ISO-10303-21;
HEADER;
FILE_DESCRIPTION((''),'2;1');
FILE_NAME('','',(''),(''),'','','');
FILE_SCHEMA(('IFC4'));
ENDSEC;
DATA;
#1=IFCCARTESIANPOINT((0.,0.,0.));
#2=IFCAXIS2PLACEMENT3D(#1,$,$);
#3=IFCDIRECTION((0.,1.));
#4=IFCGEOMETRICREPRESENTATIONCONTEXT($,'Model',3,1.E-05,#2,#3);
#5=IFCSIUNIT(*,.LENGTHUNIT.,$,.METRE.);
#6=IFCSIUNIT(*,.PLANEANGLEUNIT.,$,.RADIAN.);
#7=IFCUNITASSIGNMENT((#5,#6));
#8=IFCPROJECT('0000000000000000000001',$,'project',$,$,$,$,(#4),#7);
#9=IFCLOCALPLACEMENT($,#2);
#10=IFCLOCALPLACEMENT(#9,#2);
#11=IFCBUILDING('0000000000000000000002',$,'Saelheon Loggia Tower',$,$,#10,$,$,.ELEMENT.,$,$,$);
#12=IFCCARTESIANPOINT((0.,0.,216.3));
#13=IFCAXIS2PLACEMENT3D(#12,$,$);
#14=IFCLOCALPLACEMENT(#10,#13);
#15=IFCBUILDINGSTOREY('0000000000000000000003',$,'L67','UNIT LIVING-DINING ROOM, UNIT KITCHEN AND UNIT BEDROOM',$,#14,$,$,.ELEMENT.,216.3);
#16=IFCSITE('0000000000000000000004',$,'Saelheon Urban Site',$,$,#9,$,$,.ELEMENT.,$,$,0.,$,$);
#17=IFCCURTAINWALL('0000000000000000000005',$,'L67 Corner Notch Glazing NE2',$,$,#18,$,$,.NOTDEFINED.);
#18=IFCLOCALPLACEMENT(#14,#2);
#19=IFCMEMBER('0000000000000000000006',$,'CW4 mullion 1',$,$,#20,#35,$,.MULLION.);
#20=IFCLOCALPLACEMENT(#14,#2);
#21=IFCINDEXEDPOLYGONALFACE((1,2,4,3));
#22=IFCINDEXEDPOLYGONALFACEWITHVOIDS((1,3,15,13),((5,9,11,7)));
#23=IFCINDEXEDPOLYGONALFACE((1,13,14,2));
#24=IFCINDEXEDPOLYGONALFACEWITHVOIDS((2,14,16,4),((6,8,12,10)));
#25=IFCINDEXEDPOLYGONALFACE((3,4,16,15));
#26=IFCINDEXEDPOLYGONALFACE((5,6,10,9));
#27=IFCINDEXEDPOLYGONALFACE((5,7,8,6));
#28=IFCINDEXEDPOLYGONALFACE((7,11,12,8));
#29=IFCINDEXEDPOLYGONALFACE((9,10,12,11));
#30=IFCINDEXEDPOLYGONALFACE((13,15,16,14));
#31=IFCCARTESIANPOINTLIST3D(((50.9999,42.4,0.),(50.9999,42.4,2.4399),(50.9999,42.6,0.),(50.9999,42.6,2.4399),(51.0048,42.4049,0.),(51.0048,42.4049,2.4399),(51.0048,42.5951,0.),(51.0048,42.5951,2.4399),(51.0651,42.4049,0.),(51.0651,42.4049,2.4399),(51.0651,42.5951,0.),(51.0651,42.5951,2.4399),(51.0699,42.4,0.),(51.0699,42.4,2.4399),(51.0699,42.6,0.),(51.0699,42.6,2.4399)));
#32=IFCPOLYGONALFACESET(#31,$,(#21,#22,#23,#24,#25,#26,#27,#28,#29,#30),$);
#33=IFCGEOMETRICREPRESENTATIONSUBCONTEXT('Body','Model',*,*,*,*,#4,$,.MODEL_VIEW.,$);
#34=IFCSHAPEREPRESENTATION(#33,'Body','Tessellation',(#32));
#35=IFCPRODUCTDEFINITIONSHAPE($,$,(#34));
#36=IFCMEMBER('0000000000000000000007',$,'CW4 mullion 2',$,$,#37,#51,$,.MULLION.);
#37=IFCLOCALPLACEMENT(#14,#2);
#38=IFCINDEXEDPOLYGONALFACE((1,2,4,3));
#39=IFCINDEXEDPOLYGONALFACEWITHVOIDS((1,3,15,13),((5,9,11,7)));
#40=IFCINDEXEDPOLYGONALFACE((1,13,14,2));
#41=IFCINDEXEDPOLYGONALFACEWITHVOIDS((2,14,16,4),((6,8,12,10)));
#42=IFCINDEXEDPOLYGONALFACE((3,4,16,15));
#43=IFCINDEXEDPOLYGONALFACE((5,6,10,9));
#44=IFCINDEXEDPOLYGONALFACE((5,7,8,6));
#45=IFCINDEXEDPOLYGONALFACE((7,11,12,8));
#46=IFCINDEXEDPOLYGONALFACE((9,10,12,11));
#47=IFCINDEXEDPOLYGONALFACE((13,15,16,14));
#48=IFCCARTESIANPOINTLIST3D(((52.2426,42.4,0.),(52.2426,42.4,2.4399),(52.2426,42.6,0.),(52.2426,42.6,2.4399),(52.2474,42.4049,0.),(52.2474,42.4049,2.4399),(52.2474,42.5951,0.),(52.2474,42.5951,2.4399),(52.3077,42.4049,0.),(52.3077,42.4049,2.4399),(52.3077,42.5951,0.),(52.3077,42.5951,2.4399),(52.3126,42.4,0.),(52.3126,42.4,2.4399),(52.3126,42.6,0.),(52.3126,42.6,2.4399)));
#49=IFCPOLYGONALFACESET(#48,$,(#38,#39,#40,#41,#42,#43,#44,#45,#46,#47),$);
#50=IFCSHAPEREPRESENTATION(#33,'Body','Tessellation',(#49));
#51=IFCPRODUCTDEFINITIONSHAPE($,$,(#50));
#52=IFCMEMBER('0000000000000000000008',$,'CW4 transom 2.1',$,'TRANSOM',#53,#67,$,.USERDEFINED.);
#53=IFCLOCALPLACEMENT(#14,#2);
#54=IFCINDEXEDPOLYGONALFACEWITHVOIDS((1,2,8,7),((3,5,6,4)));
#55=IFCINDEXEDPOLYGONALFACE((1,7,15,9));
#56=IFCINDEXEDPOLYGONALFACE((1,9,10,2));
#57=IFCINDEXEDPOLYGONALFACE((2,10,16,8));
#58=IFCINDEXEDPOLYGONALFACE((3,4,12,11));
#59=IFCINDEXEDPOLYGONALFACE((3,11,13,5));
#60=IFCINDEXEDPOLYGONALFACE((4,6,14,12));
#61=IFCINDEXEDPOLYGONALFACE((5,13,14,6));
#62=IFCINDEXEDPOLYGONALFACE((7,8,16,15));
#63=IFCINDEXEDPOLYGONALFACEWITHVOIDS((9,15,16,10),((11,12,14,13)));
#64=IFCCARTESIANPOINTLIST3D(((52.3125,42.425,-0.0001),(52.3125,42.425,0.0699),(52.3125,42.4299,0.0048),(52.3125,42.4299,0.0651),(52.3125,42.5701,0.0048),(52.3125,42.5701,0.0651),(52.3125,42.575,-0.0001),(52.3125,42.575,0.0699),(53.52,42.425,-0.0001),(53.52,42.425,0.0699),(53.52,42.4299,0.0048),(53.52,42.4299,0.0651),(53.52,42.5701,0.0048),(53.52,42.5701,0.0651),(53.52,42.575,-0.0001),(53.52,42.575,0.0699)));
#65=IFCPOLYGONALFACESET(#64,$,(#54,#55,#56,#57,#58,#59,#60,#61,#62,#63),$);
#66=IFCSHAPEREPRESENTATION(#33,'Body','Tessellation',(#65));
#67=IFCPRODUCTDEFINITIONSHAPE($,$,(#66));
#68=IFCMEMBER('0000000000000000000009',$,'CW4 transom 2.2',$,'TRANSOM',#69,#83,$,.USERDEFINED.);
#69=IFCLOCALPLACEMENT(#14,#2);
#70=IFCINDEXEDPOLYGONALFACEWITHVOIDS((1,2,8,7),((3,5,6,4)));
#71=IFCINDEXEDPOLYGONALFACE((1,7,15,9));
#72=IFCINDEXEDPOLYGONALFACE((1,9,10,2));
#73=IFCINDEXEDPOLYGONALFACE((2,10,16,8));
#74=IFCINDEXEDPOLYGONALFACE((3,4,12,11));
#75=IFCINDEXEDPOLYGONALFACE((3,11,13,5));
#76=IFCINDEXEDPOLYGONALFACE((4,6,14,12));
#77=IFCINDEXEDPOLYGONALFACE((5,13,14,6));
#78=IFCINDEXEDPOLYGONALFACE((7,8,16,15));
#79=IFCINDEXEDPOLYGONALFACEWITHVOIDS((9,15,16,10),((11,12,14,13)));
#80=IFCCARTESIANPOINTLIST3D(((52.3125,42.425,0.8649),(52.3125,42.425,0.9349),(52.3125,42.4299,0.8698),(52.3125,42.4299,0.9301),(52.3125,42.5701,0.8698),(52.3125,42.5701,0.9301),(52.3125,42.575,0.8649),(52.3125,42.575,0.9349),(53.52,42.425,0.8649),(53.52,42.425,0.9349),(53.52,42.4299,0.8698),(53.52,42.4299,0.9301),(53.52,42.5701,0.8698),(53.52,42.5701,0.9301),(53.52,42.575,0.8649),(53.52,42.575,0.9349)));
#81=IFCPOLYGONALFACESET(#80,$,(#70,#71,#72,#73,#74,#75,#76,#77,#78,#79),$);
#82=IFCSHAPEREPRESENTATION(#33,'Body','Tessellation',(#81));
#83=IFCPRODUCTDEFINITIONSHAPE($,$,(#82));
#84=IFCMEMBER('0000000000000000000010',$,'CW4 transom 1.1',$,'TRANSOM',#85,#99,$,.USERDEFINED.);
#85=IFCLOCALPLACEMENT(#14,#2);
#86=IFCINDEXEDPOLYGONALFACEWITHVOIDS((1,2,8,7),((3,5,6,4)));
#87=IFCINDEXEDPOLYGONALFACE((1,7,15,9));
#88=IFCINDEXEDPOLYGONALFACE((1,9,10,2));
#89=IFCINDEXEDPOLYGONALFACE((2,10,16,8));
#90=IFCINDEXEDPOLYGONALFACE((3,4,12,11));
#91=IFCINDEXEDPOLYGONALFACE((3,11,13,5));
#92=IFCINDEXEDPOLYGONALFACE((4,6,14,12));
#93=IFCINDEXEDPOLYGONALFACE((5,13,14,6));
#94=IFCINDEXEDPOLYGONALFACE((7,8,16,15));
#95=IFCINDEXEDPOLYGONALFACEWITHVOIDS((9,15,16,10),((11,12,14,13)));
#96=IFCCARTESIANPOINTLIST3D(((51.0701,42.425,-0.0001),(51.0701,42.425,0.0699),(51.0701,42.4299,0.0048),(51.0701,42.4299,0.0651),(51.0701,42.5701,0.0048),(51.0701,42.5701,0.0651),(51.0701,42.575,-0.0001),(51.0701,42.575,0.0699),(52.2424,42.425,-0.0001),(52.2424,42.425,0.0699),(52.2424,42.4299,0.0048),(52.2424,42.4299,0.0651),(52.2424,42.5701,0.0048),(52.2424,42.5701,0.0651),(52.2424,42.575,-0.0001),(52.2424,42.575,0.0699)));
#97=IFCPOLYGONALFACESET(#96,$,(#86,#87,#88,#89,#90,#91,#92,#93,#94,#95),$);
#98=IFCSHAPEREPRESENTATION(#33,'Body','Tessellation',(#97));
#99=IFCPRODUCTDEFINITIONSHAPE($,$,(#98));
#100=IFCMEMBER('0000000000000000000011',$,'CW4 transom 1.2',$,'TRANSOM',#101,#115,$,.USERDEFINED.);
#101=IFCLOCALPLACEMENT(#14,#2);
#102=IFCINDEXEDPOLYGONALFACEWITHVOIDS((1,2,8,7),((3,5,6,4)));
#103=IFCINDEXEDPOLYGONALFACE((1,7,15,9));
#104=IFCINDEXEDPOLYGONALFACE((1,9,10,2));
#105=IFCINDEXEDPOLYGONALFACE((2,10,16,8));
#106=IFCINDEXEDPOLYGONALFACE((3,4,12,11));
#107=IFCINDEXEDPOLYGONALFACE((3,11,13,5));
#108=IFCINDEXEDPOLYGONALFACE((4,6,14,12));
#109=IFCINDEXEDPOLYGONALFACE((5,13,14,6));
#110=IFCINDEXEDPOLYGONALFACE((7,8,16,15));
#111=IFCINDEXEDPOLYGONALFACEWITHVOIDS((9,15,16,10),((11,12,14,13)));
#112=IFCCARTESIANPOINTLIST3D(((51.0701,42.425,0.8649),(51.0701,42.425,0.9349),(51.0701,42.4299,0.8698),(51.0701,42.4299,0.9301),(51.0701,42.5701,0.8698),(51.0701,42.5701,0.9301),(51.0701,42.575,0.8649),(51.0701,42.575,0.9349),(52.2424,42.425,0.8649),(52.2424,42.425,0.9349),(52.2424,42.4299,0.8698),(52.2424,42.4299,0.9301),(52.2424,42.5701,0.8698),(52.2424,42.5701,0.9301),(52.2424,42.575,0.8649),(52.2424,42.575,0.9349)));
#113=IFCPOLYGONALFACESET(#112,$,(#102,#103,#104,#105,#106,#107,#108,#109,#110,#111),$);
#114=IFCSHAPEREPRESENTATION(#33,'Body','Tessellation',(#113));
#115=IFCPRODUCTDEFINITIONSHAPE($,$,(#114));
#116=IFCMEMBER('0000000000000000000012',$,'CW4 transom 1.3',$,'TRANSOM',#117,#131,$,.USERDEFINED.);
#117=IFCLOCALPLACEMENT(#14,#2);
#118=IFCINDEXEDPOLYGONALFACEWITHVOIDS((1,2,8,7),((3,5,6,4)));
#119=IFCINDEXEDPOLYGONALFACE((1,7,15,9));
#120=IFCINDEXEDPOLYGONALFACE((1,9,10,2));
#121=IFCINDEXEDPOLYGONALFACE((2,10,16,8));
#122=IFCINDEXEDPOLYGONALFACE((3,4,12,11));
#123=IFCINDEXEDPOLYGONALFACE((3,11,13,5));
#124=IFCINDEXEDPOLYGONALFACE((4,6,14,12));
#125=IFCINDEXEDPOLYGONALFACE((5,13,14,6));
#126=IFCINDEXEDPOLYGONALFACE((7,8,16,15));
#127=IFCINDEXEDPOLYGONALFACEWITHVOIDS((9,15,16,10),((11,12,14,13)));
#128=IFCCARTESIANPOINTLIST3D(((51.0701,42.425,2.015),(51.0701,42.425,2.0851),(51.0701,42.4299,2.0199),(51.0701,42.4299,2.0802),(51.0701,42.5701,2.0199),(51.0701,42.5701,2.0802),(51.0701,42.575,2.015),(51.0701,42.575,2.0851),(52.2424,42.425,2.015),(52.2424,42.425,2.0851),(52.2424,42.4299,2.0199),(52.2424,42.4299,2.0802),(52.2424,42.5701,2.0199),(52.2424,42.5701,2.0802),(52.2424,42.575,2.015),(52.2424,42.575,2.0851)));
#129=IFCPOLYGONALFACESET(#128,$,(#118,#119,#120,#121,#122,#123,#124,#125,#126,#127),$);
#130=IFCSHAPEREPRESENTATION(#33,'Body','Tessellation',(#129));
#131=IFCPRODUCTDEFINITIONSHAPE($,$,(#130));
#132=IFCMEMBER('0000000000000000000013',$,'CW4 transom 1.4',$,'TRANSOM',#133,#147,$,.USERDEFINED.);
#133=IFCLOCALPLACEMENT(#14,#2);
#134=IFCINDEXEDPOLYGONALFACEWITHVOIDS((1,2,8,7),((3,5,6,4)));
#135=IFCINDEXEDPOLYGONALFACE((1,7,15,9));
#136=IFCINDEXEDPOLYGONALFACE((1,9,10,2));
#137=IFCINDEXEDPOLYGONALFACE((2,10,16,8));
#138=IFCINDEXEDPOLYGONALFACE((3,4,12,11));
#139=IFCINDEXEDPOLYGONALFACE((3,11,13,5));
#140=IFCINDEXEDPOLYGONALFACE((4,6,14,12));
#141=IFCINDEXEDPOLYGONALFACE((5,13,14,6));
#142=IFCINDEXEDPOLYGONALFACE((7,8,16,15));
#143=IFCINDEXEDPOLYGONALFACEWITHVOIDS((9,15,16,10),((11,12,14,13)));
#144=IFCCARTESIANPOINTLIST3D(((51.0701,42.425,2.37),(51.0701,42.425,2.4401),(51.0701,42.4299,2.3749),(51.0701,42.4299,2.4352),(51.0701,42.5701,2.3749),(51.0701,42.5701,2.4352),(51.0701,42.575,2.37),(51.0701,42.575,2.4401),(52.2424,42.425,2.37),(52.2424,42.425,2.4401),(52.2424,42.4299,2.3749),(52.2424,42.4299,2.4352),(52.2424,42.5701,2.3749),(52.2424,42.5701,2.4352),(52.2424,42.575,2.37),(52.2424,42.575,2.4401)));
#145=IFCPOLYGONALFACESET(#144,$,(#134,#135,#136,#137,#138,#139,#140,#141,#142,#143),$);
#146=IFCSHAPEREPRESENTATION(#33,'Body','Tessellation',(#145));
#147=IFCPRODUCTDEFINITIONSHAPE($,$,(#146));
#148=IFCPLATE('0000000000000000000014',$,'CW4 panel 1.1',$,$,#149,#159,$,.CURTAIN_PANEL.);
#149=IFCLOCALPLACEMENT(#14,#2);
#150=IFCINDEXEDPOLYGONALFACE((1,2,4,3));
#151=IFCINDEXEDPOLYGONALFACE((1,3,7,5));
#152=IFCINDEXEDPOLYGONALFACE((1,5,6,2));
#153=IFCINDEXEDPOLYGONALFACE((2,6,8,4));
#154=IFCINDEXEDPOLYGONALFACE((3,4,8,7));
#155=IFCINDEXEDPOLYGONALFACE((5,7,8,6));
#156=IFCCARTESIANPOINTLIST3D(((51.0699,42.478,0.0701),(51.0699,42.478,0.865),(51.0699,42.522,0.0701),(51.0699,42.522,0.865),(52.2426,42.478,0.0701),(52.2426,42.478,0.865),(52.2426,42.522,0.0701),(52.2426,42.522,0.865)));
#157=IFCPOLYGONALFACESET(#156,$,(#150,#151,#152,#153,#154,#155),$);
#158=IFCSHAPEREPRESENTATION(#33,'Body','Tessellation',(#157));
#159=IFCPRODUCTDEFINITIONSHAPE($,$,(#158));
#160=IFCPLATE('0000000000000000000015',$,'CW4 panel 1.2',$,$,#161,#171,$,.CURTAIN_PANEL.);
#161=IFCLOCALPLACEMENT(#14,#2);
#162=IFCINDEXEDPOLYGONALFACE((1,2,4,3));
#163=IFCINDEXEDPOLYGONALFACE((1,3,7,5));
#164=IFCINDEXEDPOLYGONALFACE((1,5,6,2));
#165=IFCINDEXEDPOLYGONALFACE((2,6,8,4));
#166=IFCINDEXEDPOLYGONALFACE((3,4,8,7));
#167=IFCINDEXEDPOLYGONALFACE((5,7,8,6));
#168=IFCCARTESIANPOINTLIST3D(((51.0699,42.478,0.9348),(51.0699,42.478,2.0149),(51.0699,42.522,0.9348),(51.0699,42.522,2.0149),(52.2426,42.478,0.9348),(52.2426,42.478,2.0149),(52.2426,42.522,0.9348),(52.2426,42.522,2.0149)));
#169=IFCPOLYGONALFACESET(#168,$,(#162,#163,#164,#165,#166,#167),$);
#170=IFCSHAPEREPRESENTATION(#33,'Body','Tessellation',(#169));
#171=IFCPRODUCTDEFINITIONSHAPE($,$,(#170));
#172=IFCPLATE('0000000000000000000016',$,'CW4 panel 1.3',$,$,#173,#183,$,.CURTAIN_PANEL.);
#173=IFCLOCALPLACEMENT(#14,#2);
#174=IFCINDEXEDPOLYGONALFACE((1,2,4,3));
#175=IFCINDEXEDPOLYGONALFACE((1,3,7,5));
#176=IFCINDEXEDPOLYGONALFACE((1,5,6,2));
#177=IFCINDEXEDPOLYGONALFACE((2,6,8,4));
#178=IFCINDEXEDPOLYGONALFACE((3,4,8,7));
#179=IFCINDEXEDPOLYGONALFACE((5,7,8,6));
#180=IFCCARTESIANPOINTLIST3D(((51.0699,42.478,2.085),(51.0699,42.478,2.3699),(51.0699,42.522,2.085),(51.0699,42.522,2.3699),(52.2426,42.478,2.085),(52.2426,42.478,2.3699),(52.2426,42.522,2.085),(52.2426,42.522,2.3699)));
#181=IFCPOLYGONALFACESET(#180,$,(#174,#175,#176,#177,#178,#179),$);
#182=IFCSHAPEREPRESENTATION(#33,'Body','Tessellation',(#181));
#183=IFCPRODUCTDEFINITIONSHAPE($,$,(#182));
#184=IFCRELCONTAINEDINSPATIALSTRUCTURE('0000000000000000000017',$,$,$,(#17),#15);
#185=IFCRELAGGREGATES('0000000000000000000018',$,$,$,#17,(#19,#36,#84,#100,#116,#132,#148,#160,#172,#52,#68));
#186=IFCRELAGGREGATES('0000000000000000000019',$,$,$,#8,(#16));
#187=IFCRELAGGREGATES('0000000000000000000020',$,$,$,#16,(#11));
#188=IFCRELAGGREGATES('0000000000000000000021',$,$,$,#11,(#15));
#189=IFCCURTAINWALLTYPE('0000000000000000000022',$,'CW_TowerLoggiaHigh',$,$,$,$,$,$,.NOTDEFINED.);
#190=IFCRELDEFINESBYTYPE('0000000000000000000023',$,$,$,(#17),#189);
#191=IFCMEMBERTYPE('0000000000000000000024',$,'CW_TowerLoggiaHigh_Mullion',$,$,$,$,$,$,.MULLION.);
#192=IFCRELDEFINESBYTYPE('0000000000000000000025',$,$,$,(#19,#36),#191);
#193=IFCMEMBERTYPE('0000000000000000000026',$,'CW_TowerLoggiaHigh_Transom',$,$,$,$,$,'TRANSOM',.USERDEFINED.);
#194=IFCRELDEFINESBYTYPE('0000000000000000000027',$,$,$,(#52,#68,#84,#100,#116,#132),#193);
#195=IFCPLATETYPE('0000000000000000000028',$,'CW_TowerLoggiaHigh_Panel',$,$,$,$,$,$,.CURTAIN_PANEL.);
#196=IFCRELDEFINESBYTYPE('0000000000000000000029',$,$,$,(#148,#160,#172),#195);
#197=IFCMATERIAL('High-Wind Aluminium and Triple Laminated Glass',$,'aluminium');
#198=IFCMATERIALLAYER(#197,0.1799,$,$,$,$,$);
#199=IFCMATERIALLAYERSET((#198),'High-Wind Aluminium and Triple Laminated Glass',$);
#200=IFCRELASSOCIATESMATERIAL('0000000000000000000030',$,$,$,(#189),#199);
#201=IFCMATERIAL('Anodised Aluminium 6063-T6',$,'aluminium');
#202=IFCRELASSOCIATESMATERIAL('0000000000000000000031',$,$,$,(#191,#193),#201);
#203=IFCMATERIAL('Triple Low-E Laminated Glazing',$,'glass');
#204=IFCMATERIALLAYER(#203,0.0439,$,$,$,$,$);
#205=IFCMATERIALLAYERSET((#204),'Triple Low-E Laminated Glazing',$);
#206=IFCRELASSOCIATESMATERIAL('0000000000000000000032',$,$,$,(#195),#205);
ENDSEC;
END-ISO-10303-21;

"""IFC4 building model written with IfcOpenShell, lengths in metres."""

from ifc_helpers import new_model, si_unit, direction, frame, origin, origin_2d, place, context, subcontext, project, spatial, rectangle, hollow_rectangle, extrude, source, transform, mapped, material, layer, layer_set, material_profile, profile_set, type_object, element, aggregate, save


model = new_model("IFC4")

# Units and contexts
model_context = context("Model", 3, precision=1e-05, world=origin(), true_north=direction((0.0, 1.0)))
body_context = subcontext(model_context, "Body", "Model", "MODEL_VIEW")
ifc_project = project(units=[si_unit("LENGTHUNIT", "METRE"), si_unit("PLANEANGLEUNIT", "RADIAN")], contexts=[model_context])

# Site, building, storey
site_placement = place(None, origin())
site = spatial("IfcSite", under=ifc_project, at=site_placement, Name="Saelheon Urban Site", CompositionType="ELEMENT", RefElevation=0.0)
building_placement = place(site_placement, origin())
building = spatial("IfcBuilding", under=site, at=building_placement, Name="Saelheon Loggia Tower", CompositionType="ELEMENT")
storey_placement = place(building_placement, frame((0.0, 0.0, 216.3)))
storey = spatial("IfcBuildingStorey", under=building, at=storey_placement, Name="L67", Description="UNIT LIVING-DINING ROOM, UNIT KITCHEN AND UNIT BEDROOM", CompositionType="ELEMENT", Elevation=216.3)

# Curtain wall, members, plates
ifc_material_1 = material(Name="High-Wind Aluminium and Triple Laminated Glass", Category="aluminium")
ifc_layer_1 = layer(ifc_material_1, 0.1799)
ifc_layer_set_1 = layer_set([ifc_layer_1], Name="High-Wind Aluminium and Triple Laminated Glass")
curtain_wall_type = type_object("IfcCurtainWallType", Name="CW_TowerLoggiaHigh", PredefinedType="NOTDEFINED", material=ifc_layer_set_1)
curtain_wall_placement = place(storey_placement, origin())
curtain_wall = element("IfcCurtainWall", 1, at=curtain_wall_placement, inside=storey, type_object=curtain_wall_type, Name="L67 Corner Notch Glazing NE2", PredefinedType="NOTDEFINED")
ifc_material_2 = material(Name="Anodised Aluminium 6063-T6", Category="aluminium")
ifc_material_profile_1 = material_profile(ifc_material_2, hollow_rectangle(XDim=0.0701, YDim=0.2, WallThickness=0.0049, at=origin_2d()), Name="RHS-200x70x5")
ifc_profile_set_1 = profile_set([ifc_material_profile_1], Name="Anodised Aluminium 6063-T6")
member_type_1 = type_object("IfcMemberType", Name="CW_TowerLoggiaHigh_Mullion", PredefinedType="MULLION", material=ifc_profile_set_1)
shared_shape_1 = source(origin(), body_context, "Body", "SweptSolid", [
    extrude(hollow_rectangle(XDim=0.0701, YDim=0.2, WallThickness=0.0049, at=origin_2d()), origin(), (0.0, 0.0, 1.0), 2.4399),
])
member_1_placement = place(storey_placement, frame((51.0349, 42.5, 0.0), z_axis=(0.0, 0.0, 1.0), x_axis=(1.0, 0.0, 0.0)))
member_1 = element("IfcMember", 2, at=member_1_placement, type_object=member_type_1, Name="CW4 mullion 1", PredefinedType="MULLION", context=body_context, shape_type="MappedRepresentation", body=[
    mapped(shared_shape_1, transform((0.0, 0.0, 0.0), scale=1.0)),
])
member_2_placement = place(storey_placement, frame((52.2776, 42.5, 0.0), z_axis=(0.0, 0.0, 1.0), x_axis=(1.0, 0.0, 0.0)))
member_2 = element("IfcMember", 3, at=member_2_placement, type_object=member_type_1, Name="CW4 mullion 2", PredefinedType="MULLION", context=body_context, shape_type="MappedRepresentation", body=[
    mapped(shared_shape_1, transform((0.0, 0.0, 0.0), scale=1.0)),
])
ifc_material_profile_2 = material_profile(ifc_material_2, hollow_rectangle(XDim=0.0701, YDim=0.1499, WallThickness=0.0049, at=origin_2d()), Name="RHS-150x70x5")
ifc_profile_set_2 = profile_set([ifc_material_profile_2], Name="Anodised Aluminium 6063-T6")
member_type_2 = type_object("IfcMemberType", Name="CW_TowerLoggiaHigh_Transom", ElementType="TRANSOM", PredefinedType="USERDEFINED", material=ifc_profile_set_2)
shared_shape_2 = source(origin(), body_context, "Body", "SweptSolid", [
    extrude(hollow_rectangle(XDim=0.0701, YDim=0.1499, WallThickness=0.0049, at=origin_2d()), origin(), (0.0, 0.0, 1.0), 1.2075),
])
member_3_placement = place(storey_placement, frame((52.3125, 42.5, 0.0349), z_axis=(1.0, 0.0, 0.0), x_axis=(0.0, 0.0, 1.0)))
member_3 = element("IfcMember", 4, at=member_3_placement, type_object=member_type_2, Name="CW4 transom 2.1", ObjectType="TRANSOM", PredefinedType="USERDEFINED", context=body_context, shape_type="MappedRepresentation", body=[
    mapped(shared_shape_2, transform((0.0, 0.0, 0.0), scale=1.0)),
])
member_4_placement = place(storey_placement, frame((52.3125, 42.5, 0.8999), z_axis=(1.0, 0.0, 0.0), x_axis=(0.0, 0.0, 1.0)))
member_4 = element("IfcMember", 5, at=member_4_placement, type_object=member_type_2, Name="CW4 transom 2.2", ObjectType="TRANSOM", PredefinedType="USERDEFINED", context=body_context, shape_type="MappedRepresentation", body=[
    mapped(shared_shape_2, transform((0.0, 0.0, 0.0), scale=1.0)),
])
shared_shape_3 = source(origin(), body_context, "Body", "SweptSolid", [
    extrude(hollow_rectangle(XDim=0.0701, YDim=0.1499, WallThickness=0.0049, at=origin_2d()), origin(), (0.0, 0.0, 1.0), 1.1724),
])
member_5_placement = place(storey_placement, frame((51.0701, 42.5, 0.0349), z_axis=(1.0, 0.0, 0.0), x_axis=(0.0, 0.0, 1.0)))
member_5 = element("IfcMember", 6, at=member_5_placement, type_object=member_type_2, Name="CW4 transom 1.1", ObjectType="TRANSOM", PredefinedType="USERDEFINED", context=body_context, shape_type="MappedRepresentation", body=[
    mapped(shared_shape_3, transform((0.0, 0.0, 0.0), scale=1.0)),
])
member_6_placement = place(storey_placement, frame((51.0701, 42.5, 0.8999), z_axis=(1.0, 0.0, 0.0), x_axis=(0.0, 0.0, 1.0)))
member_6 = element("IfcMember", 7, at=member_6_placement, type_object=member_type_2, Name="CW4 transom 1.2", ObjectType="TRANSOM", PredefinedType="USERDEFINED", context=body_context, shape_type="MappedRepresentation", body=[
    mapped(shared_shape_3, transform((0.0, 0.0, 0.0), scale=1.0)),
])
member_7_placement = place(storey_placement, frame((51.0701, 42.5, 2.05), z_axis=(1.0, 0.0, 0.0), x_axis=(0.0, 0.0, 1.0)))
member_7 = element("IfcMember", 8, at=member_7_placement, type_object=member_type_2, Name="CW4 transom 1.3", ObjectType="TRANSOM", PredefinedType="USERDEFINED", context=body_context, shape_type="MappedRepresentation", body=[
    mapped(shared_shape_3, transform((0.0, 0.0, 0.0), scale=1.0)),
])
member_8_placement = place(storey_placement, frame((51.0701, 42.5, 2.405), z_axis=(1.0, 0.0, 0.0), x_axis=(0.0, 0.0, 1.0)))
member_8 = element("IfcMember", 9, at=member_8_placement, type_object=member_type_2, Name="CW4 transom 1.4", ObjectType="TRANSOM", PredefinedType="USERDEFINED", context=body_context, shape_type="MappedRepresentation", body=[
    mapped(shared_shape_3, transform((0.0, 0.0, 0.0), scale=1.0)),
])
ifc_material_3 = material(Name="Triple Low-E Laminated Glazing", Category="glass")
ifc_layer_2 = layer(ifc_material_3, 0.0439)
ifc_layer_set_2 = layer_set([ifc_layer_2], Name="Triple Low-E Laminated Glazing")
plate_type = type_object("IfcPlateType", Name="CW_TowerLoggiaHigh_Panel", PredefinedType="CURTAIN_PANEL", material=ifc_layer_set_2)
shared_shape_4 = source(origin(), body_context, "Body", "SweptSolid", [
    extrude(rectangle(XDim=1.1726, YDim=0.0439, at=origin_2d()), origin(), (0.0, 0.0, 1.0), 0.7949),
])
plate_1_placement = place(storey_placement, frame((51.6562, 42.5, 0.0701), z_axis=(0.0, 0.0, 1.0), x_axis=(1.0, 0.0, 0.0)))
plate_1 = element("IfcPlate", 10, at=plate_1_placement, type_object=plate_type, Name="CW4 panel 1.1", PredefinedType="CURTAIN_PANEL", context=body_context, shape_type="MappedRepresentation", body=[
    mapped(shared_shape_4, transform((0.0, 0.0, 0.0), scale=1.0)),
])
shared_shape_5 = source(origin(), body_context, "Body", "SweptSolid", [
    extrude(rectangle(XDim=1.1726, YDim=0.0439, at=origin_2d()), origin(), (0.0, 0.0, 1.0), 1.0801),
])
plate_2_placement = place(storey_placement, frame((51.6562, 42.5, 0.9348), z_axis=(0.0, 0.0, 1.0), x_axis=(1.0, 0.0, 0.0)))
plate_2 = element("IfcPlate", 11, at=plate_2_placement, type_object=plate_type, Name="CW4 panel 1.2", PredefinedType="CURTAIN_PANEL", context=body_context, shape_type="MappedRepresentation", body=[
    mapped(shared_shape_5, transform((0.0, 0.0, 0.0), scale=1.0)),
])
shared_shape_6 = source(origin(), body_context, "Body", "SweptSolid", [
    extrude(rectangle(XDim=1.1726, YDim=0.0439, at=origin_2d()), origin(), (0.0, 0.0, 1.0), 0.2849),
])
plate_3_placement = place(storey_placement, frame((51.6562, 42.5, 2.085), z_axis=(0.0, 0.0, 1.0), x_axis=(1.0, 0.0, 0.0)))
plate_3 = element("IfcPlate", 12, at=plate_3_placement, type_object=plate_type, Name="CW4 panel 1.3", PredefinedType="CURTAIN_PANEL", context=body_context, shape_type="MappedRepresentation", body=[
    mapped(shared_shape_6, transform((0.0, 0.0, 0.0), scale=1.0)),
])
aggregate(curtain_wall, [member_1, member_2, member_5, member_6, member_7, member_8, plate_1, plate_2, plate_3, member_3, member_4])

save(model, "model.ifc")
